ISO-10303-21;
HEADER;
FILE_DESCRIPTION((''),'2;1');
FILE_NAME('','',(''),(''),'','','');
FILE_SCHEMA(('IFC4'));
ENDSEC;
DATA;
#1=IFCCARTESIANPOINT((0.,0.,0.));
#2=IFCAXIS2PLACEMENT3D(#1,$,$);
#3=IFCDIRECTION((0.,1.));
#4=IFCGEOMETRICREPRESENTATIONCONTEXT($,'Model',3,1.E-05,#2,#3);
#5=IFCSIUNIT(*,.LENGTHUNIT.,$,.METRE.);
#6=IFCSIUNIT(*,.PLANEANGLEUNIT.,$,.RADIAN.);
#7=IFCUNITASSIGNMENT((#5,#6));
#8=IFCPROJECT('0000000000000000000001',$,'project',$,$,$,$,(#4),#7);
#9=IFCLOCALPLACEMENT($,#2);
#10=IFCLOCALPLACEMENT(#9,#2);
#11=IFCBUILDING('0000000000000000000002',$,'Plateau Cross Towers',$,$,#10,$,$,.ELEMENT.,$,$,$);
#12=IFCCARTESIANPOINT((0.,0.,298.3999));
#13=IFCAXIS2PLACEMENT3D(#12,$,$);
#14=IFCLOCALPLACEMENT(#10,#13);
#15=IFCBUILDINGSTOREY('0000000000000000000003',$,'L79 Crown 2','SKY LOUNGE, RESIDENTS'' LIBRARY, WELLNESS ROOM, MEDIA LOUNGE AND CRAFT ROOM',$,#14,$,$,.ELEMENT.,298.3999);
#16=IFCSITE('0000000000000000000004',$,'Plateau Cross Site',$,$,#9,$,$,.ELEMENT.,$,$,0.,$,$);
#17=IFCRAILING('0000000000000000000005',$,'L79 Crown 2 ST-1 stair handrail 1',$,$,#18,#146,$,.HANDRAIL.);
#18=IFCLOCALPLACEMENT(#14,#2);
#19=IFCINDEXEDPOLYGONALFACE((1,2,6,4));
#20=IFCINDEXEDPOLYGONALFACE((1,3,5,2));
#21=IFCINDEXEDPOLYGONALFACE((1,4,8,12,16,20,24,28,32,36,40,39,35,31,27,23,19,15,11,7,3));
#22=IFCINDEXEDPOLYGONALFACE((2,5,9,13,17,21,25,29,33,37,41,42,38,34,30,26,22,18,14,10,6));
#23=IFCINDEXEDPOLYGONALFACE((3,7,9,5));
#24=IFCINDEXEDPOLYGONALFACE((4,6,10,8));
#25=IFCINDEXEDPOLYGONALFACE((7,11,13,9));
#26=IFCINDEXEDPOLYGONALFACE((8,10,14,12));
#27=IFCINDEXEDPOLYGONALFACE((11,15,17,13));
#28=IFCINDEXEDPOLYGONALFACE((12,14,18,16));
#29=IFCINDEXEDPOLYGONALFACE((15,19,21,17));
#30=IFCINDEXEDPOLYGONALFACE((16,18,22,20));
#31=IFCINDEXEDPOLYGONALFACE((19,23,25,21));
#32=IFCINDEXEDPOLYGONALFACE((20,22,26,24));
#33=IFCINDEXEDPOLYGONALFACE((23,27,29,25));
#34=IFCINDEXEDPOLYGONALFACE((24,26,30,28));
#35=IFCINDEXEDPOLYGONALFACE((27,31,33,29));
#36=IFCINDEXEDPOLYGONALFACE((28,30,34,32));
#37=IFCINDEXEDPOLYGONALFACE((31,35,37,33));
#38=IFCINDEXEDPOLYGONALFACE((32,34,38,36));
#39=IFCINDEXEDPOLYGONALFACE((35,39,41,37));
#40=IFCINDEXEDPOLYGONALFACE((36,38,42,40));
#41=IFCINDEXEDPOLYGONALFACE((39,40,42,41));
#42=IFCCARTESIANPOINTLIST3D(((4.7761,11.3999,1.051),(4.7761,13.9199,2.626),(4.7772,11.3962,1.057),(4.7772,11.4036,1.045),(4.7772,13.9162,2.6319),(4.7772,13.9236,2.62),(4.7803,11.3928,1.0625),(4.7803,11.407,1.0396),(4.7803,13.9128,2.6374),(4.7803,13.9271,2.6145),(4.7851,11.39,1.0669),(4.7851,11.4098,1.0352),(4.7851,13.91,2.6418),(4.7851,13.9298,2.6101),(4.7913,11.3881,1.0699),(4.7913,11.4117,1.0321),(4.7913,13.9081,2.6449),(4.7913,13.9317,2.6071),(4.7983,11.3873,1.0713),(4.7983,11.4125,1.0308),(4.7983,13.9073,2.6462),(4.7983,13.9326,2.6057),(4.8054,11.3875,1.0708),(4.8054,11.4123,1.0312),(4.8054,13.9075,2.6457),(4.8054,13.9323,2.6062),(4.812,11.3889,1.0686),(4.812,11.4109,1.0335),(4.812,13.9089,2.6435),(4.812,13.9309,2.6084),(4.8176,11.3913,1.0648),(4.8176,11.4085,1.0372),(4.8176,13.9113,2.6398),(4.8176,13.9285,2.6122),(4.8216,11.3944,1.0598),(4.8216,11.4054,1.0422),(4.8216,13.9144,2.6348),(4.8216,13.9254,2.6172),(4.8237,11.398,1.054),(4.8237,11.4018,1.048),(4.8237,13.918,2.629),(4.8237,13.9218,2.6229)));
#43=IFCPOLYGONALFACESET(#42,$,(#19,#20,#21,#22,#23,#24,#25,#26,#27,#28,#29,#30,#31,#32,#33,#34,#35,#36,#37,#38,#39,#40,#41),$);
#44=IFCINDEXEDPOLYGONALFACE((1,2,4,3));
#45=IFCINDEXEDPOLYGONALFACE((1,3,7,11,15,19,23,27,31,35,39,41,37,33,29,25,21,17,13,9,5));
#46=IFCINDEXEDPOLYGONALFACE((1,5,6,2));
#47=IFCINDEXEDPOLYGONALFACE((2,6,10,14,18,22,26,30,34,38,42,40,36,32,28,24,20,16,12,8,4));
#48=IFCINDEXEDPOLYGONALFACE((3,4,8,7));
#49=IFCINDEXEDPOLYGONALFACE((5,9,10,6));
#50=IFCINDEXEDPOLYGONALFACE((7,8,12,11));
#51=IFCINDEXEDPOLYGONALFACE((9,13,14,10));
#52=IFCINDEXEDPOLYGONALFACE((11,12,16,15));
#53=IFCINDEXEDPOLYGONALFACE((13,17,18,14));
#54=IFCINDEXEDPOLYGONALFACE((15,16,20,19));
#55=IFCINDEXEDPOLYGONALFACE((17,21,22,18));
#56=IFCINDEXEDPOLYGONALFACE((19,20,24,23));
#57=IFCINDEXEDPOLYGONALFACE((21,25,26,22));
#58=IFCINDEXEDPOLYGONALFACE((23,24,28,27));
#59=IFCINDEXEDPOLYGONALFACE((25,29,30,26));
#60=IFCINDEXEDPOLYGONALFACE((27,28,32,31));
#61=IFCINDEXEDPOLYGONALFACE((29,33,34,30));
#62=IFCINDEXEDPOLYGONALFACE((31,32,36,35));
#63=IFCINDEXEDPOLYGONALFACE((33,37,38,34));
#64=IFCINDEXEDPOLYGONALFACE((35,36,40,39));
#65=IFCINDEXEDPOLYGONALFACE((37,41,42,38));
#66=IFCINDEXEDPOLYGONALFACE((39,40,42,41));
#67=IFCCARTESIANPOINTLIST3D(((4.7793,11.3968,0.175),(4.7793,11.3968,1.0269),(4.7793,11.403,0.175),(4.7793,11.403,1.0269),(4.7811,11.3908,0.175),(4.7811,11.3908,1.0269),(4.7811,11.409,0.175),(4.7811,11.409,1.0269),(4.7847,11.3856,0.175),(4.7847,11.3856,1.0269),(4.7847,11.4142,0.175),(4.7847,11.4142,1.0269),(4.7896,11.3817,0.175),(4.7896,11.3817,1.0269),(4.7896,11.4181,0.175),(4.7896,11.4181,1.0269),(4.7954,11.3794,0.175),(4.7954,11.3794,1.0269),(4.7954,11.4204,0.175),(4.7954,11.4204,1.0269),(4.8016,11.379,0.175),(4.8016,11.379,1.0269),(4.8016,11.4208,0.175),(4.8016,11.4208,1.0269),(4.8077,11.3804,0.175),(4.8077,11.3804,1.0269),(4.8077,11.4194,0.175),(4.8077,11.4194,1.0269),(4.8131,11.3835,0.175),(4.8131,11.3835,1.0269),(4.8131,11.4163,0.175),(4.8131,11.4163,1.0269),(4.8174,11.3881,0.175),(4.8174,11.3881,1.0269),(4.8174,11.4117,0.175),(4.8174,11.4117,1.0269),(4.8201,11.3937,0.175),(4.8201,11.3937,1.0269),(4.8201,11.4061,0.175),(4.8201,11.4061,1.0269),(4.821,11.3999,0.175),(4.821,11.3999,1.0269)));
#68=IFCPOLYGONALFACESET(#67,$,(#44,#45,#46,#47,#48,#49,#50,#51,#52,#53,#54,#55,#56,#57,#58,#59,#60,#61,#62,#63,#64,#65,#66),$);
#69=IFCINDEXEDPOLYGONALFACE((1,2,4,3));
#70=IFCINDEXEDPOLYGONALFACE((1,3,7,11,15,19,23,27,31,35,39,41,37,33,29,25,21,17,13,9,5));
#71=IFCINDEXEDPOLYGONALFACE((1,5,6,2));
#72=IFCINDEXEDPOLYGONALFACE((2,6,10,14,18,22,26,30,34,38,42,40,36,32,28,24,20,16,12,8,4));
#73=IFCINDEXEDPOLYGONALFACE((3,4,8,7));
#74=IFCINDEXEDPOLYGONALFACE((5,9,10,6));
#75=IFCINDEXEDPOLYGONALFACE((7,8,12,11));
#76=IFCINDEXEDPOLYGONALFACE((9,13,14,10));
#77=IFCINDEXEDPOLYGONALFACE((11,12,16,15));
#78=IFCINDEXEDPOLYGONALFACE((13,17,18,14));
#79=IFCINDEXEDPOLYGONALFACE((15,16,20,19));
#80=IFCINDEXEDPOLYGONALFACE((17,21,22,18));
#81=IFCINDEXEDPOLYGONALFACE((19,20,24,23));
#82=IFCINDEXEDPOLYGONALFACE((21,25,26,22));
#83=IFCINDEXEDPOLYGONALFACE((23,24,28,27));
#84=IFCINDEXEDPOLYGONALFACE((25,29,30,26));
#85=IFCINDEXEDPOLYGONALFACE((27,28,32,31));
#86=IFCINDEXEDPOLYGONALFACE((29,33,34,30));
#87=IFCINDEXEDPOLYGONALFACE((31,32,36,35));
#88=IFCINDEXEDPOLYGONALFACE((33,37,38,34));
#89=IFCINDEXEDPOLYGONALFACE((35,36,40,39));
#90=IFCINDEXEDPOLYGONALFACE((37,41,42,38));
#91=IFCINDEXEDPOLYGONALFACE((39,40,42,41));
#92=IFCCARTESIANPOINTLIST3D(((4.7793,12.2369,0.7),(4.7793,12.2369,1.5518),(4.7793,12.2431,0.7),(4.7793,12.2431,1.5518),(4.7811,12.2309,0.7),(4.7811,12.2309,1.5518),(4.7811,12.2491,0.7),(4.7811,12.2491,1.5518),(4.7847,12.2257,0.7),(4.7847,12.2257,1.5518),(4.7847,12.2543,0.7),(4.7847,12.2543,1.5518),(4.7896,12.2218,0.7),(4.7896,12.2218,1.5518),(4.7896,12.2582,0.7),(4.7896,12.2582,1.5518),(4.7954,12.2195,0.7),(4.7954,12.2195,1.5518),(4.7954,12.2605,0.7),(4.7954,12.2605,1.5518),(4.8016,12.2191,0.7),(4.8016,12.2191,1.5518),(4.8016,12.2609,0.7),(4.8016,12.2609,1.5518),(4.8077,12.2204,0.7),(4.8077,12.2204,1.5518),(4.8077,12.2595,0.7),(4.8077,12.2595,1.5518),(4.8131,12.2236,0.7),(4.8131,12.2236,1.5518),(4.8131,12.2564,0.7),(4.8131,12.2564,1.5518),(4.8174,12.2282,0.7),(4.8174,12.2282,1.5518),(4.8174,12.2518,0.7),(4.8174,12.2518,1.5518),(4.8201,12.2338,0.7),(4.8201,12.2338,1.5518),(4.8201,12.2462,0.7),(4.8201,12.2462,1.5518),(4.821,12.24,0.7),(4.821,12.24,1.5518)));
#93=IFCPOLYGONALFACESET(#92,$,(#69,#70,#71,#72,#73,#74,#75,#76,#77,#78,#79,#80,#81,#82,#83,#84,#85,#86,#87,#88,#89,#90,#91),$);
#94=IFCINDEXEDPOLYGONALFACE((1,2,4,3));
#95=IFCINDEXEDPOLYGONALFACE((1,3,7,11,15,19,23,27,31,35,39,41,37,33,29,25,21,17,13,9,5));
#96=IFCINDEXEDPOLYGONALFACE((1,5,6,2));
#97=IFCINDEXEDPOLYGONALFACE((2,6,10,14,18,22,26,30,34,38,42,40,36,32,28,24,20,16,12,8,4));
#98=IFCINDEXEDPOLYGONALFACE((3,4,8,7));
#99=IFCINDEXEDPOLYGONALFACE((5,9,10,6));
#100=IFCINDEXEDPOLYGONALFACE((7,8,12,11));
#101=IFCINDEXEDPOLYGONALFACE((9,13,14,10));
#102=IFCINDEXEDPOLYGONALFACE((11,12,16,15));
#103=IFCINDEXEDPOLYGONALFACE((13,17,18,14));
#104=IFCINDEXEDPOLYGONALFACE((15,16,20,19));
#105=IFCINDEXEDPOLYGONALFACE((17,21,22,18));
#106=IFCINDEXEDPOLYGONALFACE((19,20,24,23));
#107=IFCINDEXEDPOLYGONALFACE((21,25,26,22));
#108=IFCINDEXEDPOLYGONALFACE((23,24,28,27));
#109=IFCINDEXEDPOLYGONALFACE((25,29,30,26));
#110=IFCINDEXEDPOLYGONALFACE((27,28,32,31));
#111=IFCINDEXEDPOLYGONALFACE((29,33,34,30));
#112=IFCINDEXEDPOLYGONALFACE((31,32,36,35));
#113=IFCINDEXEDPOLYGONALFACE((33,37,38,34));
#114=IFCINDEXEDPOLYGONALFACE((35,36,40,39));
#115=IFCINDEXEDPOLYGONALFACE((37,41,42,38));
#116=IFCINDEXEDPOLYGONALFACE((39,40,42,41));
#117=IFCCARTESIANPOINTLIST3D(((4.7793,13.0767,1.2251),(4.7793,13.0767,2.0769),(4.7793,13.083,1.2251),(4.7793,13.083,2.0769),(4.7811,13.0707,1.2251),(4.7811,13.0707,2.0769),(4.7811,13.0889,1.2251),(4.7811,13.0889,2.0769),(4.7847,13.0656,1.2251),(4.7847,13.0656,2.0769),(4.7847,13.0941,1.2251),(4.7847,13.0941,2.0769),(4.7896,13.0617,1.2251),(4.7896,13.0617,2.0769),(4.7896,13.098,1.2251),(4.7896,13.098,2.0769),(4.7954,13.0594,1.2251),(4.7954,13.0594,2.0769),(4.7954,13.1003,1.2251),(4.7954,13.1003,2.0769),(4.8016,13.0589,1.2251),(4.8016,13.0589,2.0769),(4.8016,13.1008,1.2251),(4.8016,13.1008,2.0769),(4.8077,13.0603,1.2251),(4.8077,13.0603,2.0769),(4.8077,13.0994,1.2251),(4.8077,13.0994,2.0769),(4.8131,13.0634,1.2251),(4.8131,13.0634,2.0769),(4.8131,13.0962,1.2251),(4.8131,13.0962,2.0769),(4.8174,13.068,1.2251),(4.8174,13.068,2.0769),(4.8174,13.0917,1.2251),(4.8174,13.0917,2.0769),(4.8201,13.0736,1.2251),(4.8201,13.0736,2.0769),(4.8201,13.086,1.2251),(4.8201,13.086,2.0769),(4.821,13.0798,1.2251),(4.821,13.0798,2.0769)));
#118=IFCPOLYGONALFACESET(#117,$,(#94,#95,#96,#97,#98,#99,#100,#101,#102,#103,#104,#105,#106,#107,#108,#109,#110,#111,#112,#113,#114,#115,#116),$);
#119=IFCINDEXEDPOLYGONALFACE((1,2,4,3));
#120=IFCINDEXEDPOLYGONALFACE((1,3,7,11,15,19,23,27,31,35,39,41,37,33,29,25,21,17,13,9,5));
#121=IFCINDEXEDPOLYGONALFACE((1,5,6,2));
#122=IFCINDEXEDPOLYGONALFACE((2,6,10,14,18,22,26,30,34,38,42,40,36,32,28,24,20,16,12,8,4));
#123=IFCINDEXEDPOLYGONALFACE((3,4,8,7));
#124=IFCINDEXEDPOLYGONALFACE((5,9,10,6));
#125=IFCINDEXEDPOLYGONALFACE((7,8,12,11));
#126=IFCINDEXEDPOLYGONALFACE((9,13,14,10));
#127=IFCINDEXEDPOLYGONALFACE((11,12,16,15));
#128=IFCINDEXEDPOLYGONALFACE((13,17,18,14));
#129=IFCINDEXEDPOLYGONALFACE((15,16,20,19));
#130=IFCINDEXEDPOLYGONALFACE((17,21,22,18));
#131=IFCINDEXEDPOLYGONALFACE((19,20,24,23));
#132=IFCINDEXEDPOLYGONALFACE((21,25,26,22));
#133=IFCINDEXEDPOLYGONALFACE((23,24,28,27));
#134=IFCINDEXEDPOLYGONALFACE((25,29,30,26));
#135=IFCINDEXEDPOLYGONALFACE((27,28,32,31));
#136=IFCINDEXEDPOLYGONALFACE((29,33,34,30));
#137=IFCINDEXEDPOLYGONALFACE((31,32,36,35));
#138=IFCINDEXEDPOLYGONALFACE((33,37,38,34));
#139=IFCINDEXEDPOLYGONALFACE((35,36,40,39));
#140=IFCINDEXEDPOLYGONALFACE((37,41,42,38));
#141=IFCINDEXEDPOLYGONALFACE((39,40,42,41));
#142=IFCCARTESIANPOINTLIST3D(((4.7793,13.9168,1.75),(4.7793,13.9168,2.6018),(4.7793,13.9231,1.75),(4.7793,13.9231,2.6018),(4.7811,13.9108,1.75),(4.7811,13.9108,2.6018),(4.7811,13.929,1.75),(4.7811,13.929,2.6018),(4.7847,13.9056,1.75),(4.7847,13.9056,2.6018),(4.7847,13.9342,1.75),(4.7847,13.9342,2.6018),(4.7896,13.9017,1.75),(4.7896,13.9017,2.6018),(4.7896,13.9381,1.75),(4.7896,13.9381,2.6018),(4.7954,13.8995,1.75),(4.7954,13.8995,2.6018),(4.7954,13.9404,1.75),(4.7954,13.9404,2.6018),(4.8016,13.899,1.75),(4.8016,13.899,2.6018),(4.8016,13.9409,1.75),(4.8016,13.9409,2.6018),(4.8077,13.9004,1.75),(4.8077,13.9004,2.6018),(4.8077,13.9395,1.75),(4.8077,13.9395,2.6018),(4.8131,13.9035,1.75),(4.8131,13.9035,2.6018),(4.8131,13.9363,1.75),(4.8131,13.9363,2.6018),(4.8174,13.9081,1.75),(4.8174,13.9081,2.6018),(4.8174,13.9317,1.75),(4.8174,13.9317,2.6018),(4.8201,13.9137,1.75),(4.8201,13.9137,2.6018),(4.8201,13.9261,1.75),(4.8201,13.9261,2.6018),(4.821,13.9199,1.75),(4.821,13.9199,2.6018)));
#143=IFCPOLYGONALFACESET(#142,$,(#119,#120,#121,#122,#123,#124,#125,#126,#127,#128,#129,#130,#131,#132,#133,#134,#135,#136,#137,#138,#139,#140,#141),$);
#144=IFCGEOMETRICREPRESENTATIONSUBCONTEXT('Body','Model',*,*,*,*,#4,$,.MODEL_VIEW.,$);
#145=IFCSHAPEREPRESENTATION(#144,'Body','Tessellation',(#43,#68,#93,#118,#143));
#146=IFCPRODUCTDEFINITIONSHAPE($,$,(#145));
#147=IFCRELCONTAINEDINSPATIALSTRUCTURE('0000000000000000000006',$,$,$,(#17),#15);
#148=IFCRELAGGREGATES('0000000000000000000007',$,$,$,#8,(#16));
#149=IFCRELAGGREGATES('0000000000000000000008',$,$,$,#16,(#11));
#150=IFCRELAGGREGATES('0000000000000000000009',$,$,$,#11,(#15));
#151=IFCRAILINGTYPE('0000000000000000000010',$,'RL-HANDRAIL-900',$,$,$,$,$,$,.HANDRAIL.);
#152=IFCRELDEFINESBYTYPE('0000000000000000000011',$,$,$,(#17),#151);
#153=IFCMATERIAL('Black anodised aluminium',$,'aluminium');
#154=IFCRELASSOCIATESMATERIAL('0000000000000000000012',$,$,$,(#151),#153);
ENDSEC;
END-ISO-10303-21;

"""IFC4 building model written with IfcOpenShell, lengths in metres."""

from ifc_helpers import new_model, si_unit, direction, frame, origin, origin_2d, place, context, subcontext, project, spatial, circle, extrude, material, type_object, element, save


model = new_model("IFC4")

# Units and contexts
model_context = context("Model", 3, precision=1e-05, world=origin(), true_north=direction((0.0, 1.0)))
body_context = subcontext(model_context, "Body", "Model", "MODEL_VIEW")
ifc_project = project(units=[si_unit("LENGTHUNIT", "METRE"), si_unit("PLANEANGLEUNIT", "RADIAN")], contexts=[model_context])

# Site, building, storey
site_placement = place(None, origin())
site = spatial("IfcSite", under=ifc_project, at=site_placement, Name="Plateau Cross Site", CompositionType="ELEMENT", RefElevation=0.0)
building_placement = place(site_placement, origin())
building = spatial("IfcBuilding", under=site, at=building_placement, Name="Plateau Cross Towers", CompositionType="ELEMENT")
storey_placement = place(building_placement, frame((0.0, 0.0, 298.3999)))
storey = spatial("IfcBuildingStorey", under=building, at=storey_placement, Name="L79 Crown 2", Description="SKY LOUNGE, RESIDENTS' LIBRARY, WELLNESS ROOM, MEDIA LOUNGE AND CRAFT ROOM", CompositionType="ELEMENT", Elevation=298.3999)

# Shared definitions
ifc_material_1 = material(Name="Black anodised aluminium", Category="aluminium")

# Railing
railing_type_1 = type_object("IfcRailingType", Name="RL-HANDRAIL-900", PredefinedType="HANDRAIL", material=ifc_material_1)
railing_1_placement = place(storey_placement, frame((4.8, 11.3999, 0.175)))
element("IfcRailing", 1, at=railing_1_placement, inside=storey, type_object=railing_type_1, Name="L79 Crown 2 ST-1 stair handrail 1", PredefinedType="HANDRAIL", context=body_context, shape_type="SweptSolid", body=[
    extrude(circle(Radius=0.0239, at=origin_2d()), frame((0.0, 0.0, 0.876), z_axis=(0.0, 0.848008, 0.529984), x_axis=(-1.0, 0.0, 0.0)), (0.0, 0.0, 1.0), 2.9717),
    extrude(circle(Radius=0.021, at=origin_2d()), origin(), (0.0, 0.0, 1.0), 0.8518),
    extrude(circle(Radius=0.021, at=origin_2d()), frame((0.0, 0.8401, 0.5249)), (0.0, 0.0, 1.0), 0.8518),
    extrude(circle(Radius=0.021, at=origin_2d()), frame((0.0, 1.6799, 1.05)), (0.0, 0.0, 1.0), 0.8518),
    extrude(circle(Radius=0.021, at=origin_2d()), frame((0.0, 2.52, 1.575)), (0.0, 0.0, 1.0), 0.8518),
])

save(model, "model.ifc")
